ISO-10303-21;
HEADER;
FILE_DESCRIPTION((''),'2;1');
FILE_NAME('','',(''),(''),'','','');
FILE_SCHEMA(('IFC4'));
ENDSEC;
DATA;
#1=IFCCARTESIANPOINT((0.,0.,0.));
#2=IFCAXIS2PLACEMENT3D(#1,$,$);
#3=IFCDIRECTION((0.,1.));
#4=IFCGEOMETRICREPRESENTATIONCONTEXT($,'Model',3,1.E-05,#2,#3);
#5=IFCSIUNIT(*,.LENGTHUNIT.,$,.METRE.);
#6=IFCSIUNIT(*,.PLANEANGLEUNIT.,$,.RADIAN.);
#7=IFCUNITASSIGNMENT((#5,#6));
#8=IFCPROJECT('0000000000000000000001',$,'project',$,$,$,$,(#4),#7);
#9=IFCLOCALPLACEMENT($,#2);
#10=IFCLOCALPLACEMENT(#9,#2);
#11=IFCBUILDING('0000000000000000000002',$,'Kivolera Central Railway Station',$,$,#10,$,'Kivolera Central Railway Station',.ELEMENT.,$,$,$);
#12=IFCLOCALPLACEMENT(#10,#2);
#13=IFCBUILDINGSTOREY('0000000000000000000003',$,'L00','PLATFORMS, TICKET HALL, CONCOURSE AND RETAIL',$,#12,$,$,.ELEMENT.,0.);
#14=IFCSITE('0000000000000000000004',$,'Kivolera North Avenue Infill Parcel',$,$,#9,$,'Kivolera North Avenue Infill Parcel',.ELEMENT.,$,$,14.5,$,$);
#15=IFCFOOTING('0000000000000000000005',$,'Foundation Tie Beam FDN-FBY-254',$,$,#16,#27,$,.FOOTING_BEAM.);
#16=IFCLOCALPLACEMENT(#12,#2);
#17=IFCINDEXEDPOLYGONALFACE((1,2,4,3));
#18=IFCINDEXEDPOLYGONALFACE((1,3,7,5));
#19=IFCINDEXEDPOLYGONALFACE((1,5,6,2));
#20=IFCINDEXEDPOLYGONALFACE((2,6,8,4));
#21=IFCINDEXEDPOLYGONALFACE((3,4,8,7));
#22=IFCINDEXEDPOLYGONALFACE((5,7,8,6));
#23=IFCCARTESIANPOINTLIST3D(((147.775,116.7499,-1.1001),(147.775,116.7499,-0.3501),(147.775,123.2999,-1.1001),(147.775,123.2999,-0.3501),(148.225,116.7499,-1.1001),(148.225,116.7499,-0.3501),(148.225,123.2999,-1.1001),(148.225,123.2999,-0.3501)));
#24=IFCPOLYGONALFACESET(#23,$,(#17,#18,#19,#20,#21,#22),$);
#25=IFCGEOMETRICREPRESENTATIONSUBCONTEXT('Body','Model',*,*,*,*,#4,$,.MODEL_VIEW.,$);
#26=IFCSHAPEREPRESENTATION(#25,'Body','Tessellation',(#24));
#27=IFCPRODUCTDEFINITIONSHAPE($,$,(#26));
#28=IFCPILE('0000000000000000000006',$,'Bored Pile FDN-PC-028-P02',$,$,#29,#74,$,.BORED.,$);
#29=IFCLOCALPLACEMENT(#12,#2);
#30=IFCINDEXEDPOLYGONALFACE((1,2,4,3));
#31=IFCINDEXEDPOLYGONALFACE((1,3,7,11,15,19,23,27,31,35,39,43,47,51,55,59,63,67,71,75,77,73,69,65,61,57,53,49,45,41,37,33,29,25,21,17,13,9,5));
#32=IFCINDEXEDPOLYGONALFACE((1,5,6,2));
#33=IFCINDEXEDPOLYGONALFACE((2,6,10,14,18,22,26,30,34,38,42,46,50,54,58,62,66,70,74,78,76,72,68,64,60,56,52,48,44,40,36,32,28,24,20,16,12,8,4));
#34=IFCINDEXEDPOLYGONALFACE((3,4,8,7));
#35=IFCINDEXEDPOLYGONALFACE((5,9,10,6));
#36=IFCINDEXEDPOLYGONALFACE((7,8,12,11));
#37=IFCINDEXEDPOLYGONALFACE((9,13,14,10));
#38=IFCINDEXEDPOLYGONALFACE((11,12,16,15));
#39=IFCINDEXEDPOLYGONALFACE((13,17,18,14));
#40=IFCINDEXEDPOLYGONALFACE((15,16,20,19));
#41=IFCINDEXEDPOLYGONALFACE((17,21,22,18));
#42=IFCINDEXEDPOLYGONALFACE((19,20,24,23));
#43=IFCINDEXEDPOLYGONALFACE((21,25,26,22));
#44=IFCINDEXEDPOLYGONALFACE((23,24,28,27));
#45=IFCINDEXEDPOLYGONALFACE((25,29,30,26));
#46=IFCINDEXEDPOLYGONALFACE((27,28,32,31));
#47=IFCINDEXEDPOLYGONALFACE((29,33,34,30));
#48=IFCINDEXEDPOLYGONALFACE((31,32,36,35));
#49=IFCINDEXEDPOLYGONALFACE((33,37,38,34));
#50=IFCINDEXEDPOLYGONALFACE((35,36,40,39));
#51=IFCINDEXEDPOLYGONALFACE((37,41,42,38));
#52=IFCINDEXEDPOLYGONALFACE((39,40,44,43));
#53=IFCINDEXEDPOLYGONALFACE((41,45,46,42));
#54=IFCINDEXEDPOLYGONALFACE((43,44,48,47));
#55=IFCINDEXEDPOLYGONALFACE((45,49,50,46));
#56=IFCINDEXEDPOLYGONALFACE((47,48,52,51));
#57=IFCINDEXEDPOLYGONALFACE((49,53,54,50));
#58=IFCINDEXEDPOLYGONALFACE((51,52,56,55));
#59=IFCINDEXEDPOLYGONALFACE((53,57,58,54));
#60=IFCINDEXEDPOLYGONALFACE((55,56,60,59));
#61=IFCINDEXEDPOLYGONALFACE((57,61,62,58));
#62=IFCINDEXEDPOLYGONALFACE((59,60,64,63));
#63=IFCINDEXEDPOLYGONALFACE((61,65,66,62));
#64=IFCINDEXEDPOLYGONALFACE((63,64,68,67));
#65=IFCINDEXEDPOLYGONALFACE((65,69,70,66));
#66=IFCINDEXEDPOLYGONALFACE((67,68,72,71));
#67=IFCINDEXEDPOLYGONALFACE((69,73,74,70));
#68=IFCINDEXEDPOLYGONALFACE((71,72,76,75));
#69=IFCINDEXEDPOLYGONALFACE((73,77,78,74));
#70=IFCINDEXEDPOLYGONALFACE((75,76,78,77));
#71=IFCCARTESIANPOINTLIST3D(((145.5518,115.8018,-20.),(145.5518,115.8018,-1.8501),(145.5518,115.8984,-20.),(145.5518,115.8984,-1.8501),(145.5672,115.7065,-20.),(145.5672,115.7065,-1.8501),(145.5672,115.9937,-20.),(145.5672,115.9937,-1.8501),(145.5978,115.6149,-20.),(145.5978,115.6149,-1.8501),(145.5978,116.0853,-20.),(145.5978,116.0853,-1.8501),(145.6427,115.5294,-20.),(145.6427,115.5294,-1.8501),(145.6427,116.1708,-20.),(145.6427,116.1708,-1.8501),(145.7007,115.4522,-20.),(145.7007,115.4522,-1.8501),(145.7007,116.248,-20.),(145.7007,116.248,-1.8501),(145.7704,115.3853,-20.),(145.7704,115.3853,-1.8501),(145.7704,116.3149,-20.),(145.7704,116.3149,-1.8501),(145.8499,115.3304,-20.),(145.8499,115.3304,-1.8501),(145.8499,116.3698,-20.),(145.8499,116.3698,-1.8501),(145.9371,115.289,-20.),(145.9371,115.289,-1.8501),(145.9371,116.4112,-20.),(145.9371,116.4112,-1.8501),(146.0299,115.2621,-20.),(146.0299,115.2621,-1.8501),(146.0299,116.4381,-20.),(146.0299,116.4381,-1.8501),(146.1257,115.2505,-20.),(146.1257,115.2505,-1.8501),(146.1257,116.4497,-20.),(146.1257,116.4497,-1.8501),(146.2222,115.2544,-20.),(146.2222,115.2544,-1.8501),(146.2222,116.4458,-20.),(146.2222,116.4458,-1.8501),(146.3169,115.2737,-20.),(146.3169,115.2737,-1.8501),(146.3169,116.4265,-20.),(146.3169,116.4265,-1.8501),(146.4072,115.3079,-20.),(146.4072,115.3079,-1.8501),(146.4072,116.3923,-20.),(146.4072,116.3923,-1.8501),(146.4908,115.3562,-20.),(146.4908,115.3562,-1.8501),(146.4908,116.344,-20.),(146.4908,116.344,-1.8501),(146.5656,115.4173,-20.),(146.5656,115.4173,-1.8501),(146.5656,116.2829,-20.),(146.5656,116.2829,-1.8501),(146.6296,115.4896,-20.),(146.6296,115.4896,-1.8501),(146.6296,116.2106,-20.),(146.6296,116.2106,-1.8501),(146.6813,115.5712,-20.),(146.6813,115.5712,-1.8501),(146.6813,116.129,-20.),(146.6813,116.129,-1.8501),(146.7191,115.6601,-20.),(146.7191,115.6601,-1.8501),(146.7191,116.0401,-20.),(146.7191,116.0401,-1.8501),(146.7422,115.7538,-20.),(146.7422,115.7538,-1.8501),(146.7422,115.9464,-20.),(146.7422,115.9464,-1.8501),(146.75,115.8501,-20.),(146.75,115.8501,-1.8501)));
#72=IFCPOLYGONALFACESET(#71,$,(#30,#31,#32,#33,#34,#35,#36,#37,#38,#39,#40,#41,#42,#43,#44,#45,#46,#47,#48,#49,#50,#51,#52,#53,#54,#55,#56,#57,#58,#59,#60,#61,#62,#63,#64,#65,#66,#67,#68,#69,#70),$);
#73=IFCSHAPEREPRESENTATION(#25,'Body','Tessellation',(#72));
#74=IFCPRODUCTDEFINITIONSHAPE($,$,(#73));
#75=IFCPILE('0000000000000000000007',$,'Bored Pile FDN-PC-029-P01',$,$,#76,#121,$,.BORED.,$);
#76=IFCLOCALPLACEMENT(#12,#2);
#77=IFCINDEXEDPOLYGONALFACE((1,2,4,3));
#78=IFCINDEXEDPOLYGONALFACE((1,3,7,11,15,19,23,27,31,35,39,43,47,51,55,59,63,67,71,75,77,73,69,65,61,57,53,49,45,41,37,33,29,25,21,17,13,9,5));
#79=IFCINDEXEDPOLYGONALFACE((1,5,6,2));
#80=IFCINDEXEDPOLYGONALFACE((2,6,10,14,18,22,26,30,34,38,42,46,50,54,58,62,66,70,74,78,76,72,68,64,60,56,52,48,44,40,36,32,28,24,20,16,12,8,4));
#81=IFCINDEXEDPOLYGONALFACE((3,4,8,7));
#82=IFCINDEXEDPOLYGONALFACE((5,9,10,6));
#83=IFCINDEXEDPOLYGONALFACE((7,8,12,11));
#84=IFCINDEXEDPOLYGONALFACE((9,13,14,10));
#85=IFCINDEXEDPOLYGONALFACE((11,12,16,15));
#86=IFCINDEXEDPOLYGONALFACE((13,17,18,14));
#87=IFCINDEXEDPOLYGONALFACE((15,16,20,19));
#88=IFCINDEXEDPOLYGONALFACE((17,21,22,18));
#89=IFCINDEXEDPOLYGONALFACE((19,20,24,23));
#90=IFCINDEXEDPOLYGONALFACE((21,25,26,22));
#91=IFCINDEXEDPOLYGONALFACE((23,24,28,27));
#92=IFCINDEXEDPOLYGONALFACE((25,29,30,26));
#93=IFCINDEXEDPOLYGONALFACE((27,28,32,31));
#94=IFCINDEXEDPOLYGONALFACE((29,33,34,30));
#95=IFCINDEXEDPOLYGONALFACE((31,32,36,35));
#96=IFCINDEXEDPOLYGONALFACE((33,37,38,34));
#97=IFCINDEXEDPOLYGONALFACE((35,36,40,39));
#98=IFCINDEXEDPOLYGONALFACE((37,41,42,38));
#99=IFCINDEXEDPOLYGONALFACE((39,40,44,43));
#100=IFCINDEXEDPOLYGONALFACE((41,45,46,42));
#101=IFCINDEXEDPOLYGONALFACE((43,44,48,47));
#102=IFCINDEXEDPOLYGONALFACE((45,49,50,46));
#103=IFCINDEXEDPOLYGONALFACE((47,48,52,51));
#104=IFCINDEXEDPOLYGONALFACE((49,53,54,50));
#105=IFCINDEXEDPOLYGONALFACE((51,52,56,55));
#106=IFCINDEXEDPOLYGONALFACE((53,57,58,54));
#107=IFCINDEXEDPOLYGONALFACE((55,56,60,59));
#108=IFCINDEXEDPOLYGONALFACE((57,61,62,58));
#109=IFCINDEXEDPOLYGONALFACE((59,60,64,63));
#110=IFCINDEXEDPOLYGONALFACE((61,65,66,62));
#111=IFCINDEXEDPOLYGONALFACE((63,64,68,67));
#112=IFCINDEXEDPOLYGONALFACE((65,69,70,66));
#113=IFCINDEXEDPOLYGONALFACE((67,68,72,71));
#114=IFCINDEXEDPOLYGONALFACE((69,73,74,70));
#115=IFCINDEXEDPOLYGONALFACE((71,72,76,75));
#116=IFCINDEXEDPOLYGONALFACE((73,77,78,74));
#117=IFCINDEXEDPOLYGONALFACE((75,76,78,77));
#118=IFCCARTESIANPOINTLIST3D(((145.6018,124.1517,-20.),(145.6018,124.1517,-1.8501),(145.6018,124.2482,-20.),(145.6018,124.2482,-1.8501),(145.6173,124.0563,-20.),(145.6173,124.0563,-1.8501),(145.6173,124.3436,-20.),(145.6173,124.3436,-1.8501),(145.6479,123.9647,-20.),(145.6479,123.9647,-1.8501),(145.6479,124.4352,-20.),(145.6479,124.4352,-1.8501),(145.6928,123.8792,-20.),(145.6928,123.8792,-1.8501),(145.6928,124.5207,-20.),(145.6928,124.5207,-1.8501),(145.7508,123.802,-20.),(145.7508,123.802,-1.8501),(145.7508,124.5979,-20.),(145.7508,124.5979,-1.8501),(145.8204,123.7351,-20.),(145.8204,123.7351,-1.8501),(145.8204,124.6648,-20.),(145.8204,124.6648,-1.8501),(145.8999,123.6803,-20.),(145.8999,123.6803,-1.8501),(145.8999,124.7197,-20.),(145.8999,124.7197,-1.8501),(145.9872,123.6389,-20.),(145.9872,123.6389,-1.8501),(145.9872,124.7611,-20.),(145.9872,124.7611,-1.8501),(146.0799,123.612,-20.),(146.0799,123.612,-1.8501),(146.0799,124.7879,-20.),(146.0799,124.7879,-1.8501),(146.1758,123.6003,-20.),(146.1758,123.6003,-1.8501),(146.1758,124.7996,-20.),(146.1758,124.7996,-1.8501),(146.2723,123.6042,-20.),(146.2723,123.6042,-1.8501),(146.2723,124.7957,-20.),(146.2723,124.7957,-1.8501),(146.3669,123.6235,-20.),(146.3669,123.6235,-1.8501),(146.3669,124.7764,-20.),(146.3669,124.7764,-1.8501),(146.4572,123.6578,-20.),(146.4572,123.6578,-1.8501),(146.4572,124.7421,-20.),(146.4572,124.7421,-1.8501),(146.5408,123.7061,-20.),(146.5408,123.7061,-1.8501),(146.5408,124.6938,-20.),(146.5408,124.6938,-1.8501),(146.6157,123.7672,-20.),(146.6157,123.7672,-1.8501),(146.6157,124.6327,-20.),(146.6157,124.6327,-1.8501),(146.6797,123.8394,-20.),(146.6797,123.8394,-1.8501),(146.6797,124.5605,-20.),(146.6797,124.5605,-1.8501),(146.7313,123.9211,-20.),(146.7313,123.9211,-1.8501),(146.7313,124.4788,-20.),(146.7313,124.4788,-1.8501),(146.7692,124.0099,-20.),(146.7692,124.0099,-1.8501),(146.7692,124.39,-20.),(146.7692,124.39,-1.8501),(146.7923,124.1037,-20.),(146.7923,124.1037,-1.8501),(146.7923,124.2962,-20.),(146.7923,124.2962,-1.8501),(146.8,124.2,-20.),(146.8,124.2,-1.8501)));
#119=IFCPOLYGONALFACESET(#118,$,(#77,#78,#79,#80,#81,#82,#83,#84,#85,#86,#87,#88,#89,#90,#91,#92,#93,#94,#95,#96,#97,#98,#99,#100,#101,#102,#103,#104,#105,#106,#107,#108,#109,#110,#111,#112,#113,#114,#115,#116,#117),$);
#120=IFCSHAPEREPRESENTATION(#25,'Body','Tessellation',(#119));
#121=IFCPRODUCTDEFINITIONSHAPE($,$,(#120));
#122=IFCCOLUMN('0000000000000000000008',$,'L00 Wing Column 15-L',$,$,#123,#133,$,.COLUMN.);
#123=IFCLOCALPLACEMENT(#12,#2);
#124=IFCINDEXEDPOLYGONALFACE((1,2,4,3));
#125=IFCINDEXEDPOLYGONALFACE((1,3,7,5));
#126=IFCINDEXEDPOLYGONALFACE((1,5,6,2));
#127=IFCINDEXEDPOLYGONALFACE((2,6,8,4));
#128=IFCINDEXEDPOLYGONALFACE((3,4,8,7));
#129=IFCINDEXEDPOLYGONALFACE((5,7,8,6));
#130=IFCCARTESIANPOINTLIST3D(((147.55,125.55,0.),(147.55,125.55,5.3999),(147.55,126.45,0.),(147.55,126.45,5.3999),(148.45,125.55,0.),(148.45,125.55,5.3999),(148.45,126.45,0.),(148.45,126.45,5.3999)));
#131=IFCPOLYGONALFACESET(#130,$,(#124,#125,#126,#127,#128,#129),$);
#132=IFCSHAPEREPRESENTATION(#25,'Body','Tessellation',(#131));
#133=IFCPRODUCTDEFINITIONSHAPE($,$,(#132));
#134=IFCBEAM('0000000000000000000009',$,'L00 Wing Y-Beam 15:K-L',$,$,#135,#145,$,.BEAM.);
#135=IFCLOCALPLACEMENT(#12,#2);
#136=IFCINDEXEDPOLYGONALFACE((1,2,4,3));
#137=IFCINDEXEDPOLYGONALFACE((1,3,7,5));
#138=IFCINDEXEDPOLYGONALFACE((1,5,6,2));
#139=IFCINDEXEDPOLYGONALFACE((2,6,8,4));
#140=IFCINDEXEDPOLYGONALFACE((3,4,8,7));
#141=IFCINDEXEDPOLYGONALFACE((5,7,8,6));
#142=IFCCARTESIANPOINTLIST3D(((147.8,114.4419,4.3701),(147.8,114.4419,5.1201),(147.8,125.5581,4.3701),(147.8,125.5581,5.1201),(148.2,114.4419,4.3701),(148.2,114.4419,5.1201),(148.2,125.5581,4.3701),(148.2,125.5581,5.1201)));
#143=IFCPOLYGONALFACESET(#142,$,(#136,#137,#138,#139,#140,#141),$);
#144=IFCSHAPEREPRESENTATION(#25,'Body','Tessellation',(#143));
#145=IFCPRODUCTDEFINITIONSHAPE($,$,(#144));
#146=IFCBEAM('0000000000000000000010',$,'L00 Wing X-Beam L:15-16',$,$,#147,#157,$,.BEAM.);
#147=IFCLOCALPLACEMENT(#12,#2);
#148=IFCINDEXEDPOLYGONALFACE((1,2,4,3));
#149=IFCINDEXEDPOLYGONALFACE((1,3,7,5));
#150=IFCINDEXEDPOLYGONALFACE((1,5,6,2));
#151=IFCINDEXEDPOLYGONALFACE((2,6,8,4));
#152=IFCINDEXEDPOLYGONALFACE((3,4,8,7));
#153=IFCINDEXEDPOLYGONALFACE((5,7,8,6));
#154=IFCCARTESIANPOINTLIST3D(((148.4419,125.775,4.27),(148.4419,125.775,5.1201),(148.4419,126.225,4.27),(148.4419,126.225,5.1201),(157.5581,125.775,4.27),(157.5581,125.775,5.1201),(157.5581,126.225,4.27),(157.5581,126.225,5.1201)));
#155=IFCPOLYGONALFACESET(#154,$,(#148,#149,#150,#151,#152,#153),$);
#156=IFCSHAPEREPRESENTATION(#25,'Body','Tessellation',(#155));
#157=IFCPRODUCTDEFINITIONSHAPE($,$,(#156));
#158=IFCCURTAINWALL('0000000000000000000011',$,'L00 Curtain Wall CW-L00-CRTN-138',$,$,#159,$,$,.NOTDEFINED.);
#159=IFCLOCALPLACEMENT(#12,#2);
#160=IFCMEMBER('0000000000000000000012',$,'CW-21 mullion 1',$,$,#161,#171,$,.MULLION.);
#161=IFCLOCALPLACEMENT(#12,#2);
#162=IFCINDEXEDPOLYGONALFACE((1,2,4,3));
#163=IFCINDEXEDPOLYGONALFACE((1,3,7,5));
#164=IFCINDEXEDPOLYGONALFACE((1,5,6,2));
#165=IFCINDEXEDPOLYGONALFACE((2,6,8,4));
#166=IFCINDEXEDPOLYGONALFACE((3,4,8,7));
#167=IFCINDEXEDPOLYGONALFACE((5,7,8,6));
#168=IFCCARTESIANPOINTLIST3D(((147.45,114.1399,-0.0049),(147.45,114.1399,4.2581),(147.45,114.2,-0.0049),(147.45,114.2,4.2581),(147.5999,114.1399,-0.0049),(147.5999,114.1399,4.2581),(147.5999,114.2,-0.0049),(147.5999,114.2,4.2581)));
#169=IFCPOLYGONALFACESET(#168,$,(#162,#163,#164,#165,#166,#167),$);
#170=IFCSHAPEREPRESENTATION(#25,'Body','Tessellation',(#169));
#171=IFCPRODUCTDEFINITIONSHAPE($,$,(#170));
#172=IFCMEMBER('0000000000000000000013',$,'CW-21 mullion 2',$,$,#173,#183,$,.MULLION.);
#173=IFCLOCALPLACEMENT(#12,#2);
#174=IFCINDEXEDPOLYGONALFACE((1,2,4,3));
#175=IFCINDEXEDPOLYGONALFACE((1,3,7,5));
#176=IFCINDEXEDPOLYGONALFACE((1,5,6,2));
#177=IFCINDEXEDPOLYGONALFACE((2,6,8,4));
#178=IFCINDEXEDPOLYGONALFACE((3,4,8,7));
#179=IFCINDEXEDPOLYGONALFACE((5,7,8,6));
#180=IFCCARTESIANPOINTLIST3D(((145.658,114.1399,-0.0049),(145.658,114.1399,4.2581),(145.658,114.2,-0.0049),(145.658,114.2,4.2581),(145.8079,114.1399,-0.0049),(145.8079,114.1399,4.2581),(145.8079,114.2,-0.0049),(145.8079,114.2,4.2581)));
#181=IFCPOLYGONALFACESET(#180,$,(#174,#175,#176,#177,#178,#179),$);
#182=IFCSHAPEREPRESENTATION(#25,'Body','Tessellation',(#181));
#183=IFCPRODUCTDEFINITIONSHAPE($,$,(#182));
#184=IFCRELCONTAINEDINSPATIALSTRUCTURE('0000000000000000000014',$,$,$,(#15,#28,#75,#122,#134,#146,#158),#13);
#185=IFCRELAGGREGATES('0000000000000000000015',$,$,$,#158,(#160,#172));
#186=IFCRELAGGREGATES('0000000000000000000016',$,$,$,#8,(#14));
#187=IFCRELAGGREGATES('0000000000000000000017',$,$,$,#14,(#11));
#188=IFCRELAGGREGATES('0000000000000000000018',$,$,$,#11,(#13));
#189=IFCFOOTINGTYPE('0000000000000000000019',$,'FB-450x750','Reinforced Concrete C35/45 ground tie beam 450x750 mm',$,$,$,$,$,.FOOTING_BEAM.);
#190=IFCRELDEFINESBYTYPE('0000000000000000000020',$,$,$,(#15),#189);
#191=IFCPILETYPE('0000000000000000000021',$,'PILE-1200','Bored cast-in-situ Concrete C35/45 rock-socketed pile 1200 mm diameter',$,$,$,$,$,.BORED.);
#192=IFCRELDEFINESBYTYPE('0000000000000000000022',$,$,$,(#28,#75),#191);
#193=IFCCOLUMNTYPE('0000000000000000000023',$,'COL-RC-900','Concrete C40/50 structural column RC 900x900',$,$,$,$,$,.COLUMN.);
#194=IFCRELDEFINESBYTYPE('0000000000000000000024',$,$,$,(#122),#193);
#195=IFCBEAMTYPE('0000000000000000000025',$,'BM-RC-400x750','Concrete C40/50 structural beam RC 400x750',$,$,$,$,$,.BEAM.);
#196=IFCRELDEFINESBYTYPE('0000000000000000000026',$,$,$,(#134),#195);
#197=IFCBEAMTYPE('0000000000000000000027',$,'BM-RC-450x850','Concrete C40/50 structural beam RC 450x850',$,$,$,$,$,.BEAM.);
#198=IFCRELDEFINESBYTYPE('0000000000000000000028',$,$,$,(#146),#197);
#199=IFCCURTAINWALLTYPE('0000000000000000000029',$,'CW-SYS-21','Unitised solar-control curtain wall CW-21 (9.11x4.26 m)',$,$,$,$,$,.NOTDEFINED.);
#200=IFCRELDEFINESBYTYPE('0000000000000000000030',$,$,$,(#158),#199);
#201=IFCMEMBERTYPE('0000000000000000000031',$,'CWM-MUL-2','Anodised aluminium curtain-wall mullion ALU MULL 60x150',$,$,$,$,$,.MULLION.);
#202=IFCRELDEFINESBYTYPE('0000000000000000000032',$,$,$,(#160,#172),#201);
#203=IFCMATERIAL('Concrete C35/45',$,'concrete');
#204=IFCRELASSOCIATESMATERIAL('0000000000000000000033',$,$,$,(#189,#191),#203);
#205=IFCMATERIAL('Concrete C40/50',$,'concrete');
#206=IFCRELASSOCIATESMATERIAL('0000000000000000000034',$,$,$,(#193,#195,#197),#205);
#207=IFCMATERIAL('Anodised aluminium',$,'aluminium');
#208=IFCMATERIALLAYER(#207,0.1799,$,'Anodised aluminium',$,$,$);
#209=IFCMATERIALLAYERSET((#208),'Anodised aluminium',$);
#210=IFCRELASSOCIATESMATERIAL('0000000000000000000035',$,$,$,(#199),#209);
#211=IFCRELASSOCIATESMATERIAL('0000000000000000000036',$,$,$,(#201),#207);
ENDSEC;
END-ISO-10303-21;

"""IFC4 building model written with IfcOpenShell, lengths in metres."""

from ifc_helpers import new_model, si_unit, direction, frame, origin, origin_2d, place, context, subcontext, project, spatial, rectangle, circle, extrude, material, layer, layer_set, material_profile, profile_set, type_object, element, aggregate, save


model = new_model("IFC4")

# Units and contexts
model_context = context("Model", 3, precision=1e-05, world=origin(), true_north=direction((0.0, 1.0)))
body_context = subcontext(model_context, "Body", "Model", "MODEL_VIEW")
ifc_project = project(units=[si_unit("LENGTHUNIT", "METRE"), si_unit("PLANEANGLEUNIT", "RADIAN")], contexts=[model_context])

# Site, building, storey
site_placement = place(None, origin())
site = spatial("IfcSite", under=ifc_project, at=site_placement, Name="Kivolera North Avenue Infill Parcel", LongName="Kivolera North Avenue Infill Parcel", CompositionType="ELEMENT", RefElevation=14.5)
building_placement = place(site_placement, origin())
building = spatial("IfcBuilding", under=site, at=building_placement, Name="Kivolera Central Railway Station", LongName="Kivolera Central Railway Station", CompositionType="ELEMENT")
storey_placement = place(building_placement, origin())
storey = spatial("IfcBuildingStorey", under=building, at=storey_placement, Name="L00", Description="PLATFORMS, TICKET HALL, CONCOURSE AND RETAIL", CompositionType="ELEMENT", Elevation=0.0)

# Footing
ifc_material_1 = material(Name="Concrete C35/45", Category="concrete")
footing_type = type_object("IfcFootingType", Name="FB-450x750", Description="Reinforced Concrete C35/45 ground tie beam 450x750 mm", PredefinedType="FOOTING_BEAM", material=ifc_material_1)
footing_placement = place(storey_placement, frame((148.0, 120.0249, -1.1001), z_axis=(0.0, 0.0, 1.0), x_axis=(1.0, 0.0, 0.0)))
element("IfcFooting", 1, at=footing_placement, inside=storey, type_object=footing_type, Name="Foundation Tie Beam FDN-FBY-254", PredefinedType="FOOTING_BEAM", context=body_context, shape_type="SweptSolid", body=[
    extrude(rectangle(XDim=0.45, YDim=6.55, at=origin_2d()), origin(), (0.0, 0.0, 1.0), 0.75),
])

# Piles
ifc_material_profile_1 = material_profile(ifc_material_1, circle(Radius=0.6001, at=origin_2d()), Name="PILE D1200")
ifc_profile_set_1 = profile_set([ifc_material_profile_1], Name="Concrete C35/45")
pile_type = type_object("IfcPileType", Name="PILE-1200", Description="Bored cast-in-situ Concrete C35/45 rock-socketed pile 1200 mm diameter", PredefinedType="BORED", material=ifc_profile_set_1)
for number, where, z_axis, x_axis, name in (
    (2, (146.1499, 115.8501, -1.8501), (0.0, 0.0, -1.0), (1.0, 0.0, 0.0), "Bored Pile FDN-PC-028-P02"),
    (3, (146.2, 124.2, -1.8501), (0.0, 0.0, -1.0), (1.0, 0.0, 0.0), "Bored Pile FDN-PC-029-P01"),
):
    element("IfcPile", number, at=place(storey_placement, frame(where, z_axis=z_axis, x_axis=x_axis)), inside=storey, type_object=pile_type, Name=name, PredefinedType="BORED", context=body_context, shape_type="SweptSolid", body=[
        extrude(circle(Radius=0.6001, at=origin_2d()), origin(), (0.0, 0.0, 1.0), 18.1499),
    ])

# Column
ifc_material_2 = material(Name="Concrete C40/50", Category="concrete")
ifc_material_profile_2 = material_profile(ifc_material_2, rectangle(XDim=0.8999, YDim=0.8999, at=origin_2d()), Name="RC 900x900")
ifc_profile_set_2 = profile_set([ifc_material_profile_2], Name="Concrete C40/50")
column_type = type_object("IfcColumnType", Name="COL-RC-900", Description="Concrete C40/50 structural column RC 900x900", PredefinedType="COLUMN", material=ifc_profile_set_2)
column_placement = place(storey_placement, frame((148.0, 126.0, 0.0), z_axis=(0.0, 0.0, 1.0), x_axis=(1.0, 0.0, 0.0)))
element("IfcColumn", 4, at=column_placement, inside=storey, type_object=column_type, Name="L00 Wing Column 15-L", PredefinedType="COLUMN", context=body_context, shape_type="SweptSolid", body=[
    extrude(rectangle(XDim=0.8999, YDim=0.8999, at=origin_2d()), origin(), (0.0, 0.0, 1.0), 5.3999),
])

# Beams
ifc_material_profile_3 = material_profile(ifc_material_2, rectangle(XDim=0.3999, YDim=0.75, at=origin_2d()), Name="RC 400x750")
ifc_profile_set_3 = profile_set([ifc_material_profile_3], Name="Concrete C40/50")
beam_type_1 = type_object("IfcBeamType", Name="BM-RC-400x750", Description="Concrete C40/50 structural beam RC 400x750", PredefinedType="BEAM", material=ifc_profile_set_3)
beam_1_placement = place(storey_placement, frame((148.0, 114.4419, 4.7451), z_axis=(0.0, 1.0, 0.0), x_axis=(-1.0, 0.0, 0.0)))
element("IfcBeam", 5, at=beam_1_placement, inside=storey, type_object=beam_type_1, Name="L00 Wing Y-Beam 15:K-L", PredefinedType="BEAM", context=body_context, shape_type="SweptSolid", body=[
    extrude(rectangle(XDim=0.3999, YDim=0.75, at=origin_2d()), origin(), (0.0, 0.0, 1.0), 11.1162),
])
ifc_material_profile_4 = material_profile(ifc_material_2, rectangle(XDim=0.45, YDim=0.8501, at=origin_2d()), Name="RC 450x850")
ifc_profile_set_4 = profile_set([ifc_material_profile_4], Name="Concrete C40/50")
beam_type_2 = type_object("IfcBeamType", Name="BM-RC-450x850", Description="Concrete C40/50 structural beam RC 450x850", PredefinedType="BEAM", material=ifc_profile_set_4)
beam_2_placement = place(storey_placement, frame((148.4419, 126.0, 4.6951), z_axis=(1.0, 0.0, 0.0), x_axis=(0.0, 1.0, 0.0)))
element("IfcBeam", 6, at=beam_2_placement, inside=storey, type_object=beam_type_2, Name="L00 Wing X-Beam L:15-16", PredefinedType="BEAM", context=body_context, shape_type="SweptSolid", body=[
    extrude(rectangle(XDim=0.45, YDim=0.8501, at=origin_2d()), origin(), (0.0, 0.0, 1.0), 9.1162),
])

# Curtain wall, members
ifc_material_3 = material(Name="Anodised aluminium", Category="aluminium")
ifc_layer_1 = layer(ifc_material_3, 0.1799, Name="Anodised aluminium")
ifc_layer_set_1 = layer_set([ifc_layer_1], Name="Anodised aluminium")
curtain_wall_type = type_object("IfcCurtainWallType", Name="CW-SYS-21", Description="Unitised solar-control curtain wall CW-21 (9.11x4.26 m)", PredefinedType="NOTDEFINED", material=ifc_layer_set_1)
curtain_wall_placement = place(storey_placement, origin())
curtain_wall = element("IfcCurtainWall", 7, at=curtain_wall_placement, inside=storey, type_object=curtain_wall_type, Name="L00 Curtain Wall CW-L00-CRTN-138", PredefinedType="NOTDEFINED")
ifc_material_profile_5 = material_profile(ifc_material_3, rectangle(XDim=0.0601, YDim=0.1499, at=origin_2d()), Name="ALU MULL 60x150")
ifc_profile_set_5 = profile_set([ifc_material_profile_5], Name="Anodised aluminium")
member_type_1 = type_object("IfcMemberType", Name="CWM-MUL-2", Description="Anodised aluminium curtain-wall mullion ALU MULL 60x150", PredefinedType="MULLION", material=ifc_profile_set_5)
member_1_placement = place(storey_placement, frame((147.5249, 114.1699, -0.0049), z_axis=(0.0, 0.0, 1.0), x_axis=(0.0, -1.0, 0.0)))
member_1 = element("IfcMember", 8, at=member_1_placement, type_object=member_type_1, Name="CW-21 mullion 1", PredefinedType="MULLION", context=body_context, shape_type="SweptSolid", body=[
    extrude(rectangle(XDim=0.0601, YDim=0.1499, at=origin_2d()), origin(), (0.0, 0.0, 1.0), 4.2629),
])
member_2_placement = place(storey_placement, frame((145.7329, 114.1699, -0.0049), z_axis=(0.0, 0.0, 1.0), x_axis=(0.0, -1.0, 0.0)))
member_2 = element("IfcMember", 9, at=member_2_placement, type_object=member_type_1, Name="CW-21 mullion 2", PredefinedType="MULLION", context=body_context, shape_type="SweptSolid", body=[
    extrude(rectangle(XDim=0.0601, YDim=0.1499, at=origin_2d()), origin(), (0.0, 0.0, 1.0), 4.2629),
])
aggregate(curtain_wall, [member_1, member_2])

save(model, "model.ifc")
